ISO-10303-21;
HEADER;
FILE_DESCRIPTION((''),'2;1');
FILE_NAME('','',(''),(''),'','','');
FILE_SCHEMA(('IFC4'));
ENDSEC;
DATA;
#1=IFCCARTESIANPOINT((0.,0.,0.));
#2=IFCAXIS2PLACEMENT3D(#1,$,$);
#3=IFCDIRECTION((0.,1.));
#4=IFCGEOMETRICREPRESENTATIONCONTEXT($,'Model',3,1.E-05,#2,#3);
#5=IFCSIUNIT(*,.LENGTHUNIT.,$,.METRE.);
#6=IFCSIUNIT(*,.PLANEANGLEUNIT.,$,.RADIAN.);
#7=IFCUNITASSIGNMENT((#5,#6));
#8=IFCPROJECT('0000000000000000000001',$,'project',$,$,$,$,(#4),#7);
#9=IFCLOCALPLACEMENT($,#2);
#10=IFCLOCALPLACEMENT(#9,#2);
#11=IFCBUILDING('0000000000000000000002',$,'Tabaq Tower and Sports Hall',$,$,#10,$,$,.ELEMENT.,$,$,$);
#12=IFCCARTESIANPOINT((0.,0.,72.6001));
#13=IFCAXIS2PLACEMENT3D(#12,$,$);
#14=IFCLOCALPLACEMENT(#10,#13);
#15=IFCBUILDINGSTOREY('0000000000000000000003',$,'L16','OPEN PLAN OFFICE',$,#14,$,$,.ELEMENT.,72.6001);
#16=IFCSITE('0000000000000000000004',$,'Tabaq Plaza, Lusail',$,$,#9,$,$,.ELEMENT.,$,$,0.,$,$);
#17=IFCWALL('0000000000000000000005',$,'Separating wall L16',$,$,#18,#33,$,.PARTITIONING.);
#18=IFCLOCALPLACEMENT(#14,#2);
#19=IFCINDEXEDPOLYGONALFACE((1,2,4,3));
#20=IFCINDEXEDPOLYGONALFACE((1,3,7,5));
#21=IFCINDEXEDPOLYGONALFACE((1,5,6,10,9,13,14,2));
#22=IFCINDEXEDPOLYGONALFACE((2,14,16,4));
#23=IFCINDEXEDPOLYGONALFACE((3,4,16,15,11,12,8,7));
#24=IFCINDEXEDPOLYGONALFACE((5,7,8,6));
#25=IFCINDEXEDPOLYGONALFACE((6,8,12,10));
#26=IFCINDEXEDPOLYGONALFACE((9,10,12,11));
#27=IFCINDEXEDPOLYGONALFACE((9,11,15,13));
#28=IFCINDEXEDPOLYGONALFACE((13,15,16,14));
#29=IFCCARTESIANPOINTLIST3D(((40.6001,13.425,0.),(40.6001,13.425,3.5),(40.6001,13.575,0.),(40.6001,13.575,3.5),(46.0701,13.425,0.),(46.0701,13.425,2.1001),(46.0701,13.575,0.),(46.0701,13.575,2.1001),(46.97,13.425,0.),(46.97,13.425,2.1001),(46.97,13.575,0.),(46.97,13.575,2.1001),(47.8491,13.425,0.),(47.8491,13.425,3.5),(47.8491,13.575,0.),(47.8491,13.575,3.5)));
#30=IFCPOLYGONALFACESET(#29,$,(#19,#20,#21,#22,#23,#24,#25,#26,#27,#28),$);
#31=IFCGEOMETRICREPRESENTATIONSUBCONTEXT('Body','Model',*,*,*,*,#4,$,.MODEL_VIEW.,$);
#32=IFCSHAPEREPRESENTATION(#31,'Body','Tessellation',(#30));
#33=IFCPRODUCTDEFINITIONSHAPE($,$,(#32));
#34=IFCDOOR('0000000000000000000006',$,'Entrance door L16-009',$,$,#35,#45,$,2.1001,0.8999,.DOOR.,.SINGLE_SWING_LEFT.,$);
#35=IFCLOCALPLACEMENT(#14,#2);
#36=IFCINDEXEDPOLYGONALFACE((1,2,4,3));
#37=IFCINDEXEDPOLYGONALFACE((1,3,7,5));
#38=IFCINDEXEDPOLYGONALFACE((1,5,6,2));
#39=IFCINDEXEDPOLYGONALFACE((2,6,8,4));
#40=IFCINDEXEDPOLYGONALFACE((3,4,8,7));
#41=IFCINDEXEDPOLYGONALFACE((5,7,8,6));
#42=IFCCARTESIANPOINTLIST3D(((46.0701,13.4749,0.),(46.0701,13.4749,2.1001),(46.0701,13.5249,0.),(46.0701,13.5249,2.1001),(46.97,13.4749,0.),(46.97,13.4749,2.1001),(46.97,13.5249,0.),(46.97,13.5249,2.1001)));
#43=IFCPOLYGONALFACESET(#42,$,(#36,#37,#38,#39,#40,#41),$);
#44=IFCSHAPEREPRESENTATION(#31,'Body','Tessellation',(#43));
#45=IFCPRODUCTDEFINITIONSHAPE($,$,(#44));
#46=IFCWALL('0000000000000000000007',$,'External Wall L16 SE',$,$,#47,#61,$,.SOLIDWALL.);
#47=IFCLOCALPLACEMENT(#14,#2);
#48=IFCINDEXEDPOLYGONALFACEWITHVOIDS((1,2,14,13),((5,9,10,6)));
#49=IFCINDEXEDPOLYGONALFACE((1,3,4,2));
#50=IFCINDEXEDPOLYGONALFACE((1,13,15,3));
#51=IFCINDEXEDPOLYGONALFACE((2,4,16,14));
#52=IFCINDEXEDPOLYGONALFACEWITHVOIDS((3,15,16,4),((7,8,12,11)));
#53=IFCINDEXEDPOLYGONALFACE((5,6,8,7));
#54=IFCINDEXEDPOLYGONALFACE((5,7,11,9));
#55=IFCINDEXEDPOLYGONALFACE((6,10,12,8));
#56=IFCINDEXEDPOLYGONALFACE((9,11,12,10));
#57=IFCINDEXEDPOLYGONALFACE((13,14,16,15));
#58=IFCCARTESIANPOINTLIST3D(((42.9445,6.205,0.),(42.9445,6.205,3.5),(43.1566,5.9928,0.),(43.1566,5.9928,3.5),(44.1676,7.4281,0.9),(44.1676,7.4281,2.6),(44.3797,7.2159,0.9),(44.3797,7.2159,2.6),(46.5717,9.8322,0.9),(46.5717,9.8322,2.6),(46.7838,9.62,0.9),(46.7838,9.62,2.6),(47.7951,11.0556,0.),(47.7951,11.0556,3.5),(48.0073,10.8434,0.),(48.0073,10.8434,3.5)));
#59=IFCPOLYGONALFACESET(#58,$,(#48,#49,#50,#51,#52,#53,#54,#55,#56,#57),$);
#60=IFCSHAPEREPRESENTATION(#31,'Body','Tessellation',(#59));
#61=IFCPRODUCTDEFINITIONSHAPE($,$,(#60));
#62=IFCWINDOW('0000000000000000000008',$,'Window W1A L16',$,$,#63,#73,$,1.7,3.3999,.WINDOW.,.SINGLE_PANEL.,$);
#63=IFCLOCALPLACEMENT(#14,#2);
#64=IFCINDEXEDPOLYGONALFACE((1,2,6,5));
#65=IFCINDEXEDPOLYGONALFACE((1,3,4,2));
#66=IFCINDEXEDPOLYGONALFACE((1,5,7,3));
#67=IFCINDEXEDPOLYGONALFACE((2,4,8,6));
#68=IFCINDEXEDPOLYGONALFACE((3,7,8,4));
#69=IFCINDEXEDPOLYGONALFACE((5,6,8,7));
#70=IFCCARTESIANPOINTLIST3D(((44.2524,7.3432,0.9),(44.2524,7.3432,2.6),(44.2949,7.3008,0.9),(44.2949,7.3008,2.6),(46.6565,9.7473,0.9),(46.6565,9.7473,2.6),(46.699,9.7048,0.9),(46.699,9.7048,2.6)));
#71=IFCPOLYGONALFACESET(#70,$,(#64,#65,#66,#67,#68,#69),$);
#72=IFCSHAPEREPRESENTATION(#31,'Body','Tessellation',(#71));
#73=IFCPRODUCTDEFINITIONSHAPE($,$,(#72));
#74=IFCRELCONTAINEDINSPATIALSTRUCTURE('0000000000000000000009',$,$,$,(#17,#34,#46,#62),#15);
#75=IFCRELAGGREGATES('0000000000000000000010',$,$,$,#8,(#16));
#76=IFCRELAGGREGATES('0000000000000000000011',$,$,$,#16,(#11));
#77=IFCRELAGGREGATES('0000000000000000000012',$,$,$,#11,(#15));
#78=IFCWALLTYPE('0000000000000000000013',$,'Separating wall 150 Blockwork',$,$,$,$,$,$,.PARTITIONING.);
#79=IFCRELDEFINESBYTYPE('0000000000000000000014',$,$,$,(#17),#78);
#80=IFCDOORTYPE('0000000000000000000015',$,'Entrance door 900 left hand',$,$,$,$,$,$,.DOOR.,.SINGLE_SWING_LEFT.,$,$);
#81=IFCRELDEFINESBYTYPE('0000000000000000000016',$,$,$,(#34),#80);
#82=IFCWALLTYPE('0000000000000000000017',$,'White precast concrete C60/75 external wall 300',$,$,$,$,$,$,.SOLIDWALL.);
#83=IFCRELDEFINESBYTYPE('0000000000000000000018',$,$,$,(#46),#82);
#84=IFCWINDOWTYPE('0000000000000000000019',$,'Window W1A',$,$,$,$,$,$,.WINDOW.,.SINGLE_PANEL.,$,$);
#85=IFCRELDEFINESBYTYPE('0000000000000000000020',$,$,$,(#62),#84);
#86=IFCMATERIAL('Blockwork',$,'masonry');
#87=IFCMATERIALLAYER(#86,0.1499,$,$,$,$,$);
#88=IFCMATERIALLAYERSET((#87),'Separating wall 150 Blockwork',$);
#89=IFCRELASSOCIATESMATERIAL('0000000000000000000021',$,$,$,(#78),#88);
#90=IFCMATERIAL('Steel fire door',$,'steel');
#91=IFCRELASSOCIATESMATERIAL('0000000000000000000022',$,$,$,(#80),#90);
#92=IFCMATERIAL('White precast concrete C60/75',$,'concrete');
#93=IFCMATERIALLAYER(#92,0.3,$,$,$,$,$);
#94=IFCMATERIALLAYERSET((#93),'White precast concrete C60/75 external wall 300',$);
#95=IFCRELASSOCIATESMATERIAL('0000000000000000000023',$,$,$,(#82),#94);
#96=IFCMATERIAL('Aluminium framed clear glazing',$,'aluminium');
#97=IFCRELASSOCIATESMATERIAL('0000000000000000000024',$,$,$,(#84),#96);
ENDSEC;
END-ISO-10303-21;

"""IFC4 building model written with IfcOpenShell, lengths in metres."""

from ifc_helpers import new_model, si_unit, direction, frame, frame_2d, origin, place, context, subcontext, project, spatial, rectangle, extrude, material, layer, layer_set, type_object, element, fill, save


model = new_model("IFC4")

# Units and contexts
model_context = context("Model", 3, precision=1e-05, world=origin(), true_north=direction((0.0, 1.0)))
body_context = subcontext(model_context, "Body", "Model", "MODEL_VIEW")
ifc_project = project(units=[si_unit("LENGTHUNIT", "METRE"), si_unit("PLANEANGLEUNIT", "RADIAN")], contexts=[model_context])

# Site, building, storey
site_placement = place(None, origin())
site = spatial("IfcSite", under=ifc_project, at=site_placement, Name="Tabaq Plaza, Lusail", CompositionType="ELEMENT", RefElevation=0.0)
building_placement = place(site_placement, origin())
building = spatial("IfcBuilding", under=site, at=building_placement, Name="Tabaq Tower and Sports Hall", CompositionType="ELEMENT")
storey_placement = place(building_placement, frame((0.0, 0.0, 72.6001)))
storey = spatial("IfcBuildingStorey", under=building, at=storey_placement, Name="L16", Description="OPEN PLAN OFFICE", CompositionType="ELEMENT", Elevation=72.6001)

# Wall, opening, door
ifc_material_1 = material(Name="Blockwork", Category="masonry")
ifc_layer_1 = layer(ifc_material_1, 0.1499)
ifc_layer_set_1 = layer_set([ifc_layer_1], Name="Separating wall 150 Blockwork")
wall_type_1 = type_object("IfcWallType", Name="Separating wall 150 Blockwork", PredefinedType="PARTITIONING", material=ifc_layer_set_1)
wall_1_placement = place(storey_placement, frame((40.6001, 13.5, 0.0), z_axis=(0.0, 0.0, 1.0), x_axis=(1.0, 0.0, 0.0)))
wall_1 = element("IfcWall", 1, at=wall_1_placement, inside=storey, type_object=wall_type_1, Name="Separating wall L16", PredefinedType="PARTITIONING", context=body_context, shape_type="SweptSolid", body=[
    extrude(rectangle(XDim=7.249, YDim=0.1499, at=frame_2d((3.6245, 0.0))), origin(), (0.0, 0.0, 1.0), 3.5),
])
opening_1_placement = place(wall_1_placement, frame((5.47, 0.0, 0.0)))
opening_1 = element("IfcOpeningElement", 2, at=opening_1_placement, cuts=wall_1, PredefinedType="OPENING", context=body_context, shape_type="SweptSolid", body=[
    extrude(rectangle(XDim=0.8999, YDim=2.1001, at=frame_2d((0.45, 1.05))), frame((0.0, 0.075, 0.0), z_axis=(0.0, -1.0, 0.0), x_axis=(1.0, 0.0, 0.0)), (0.0, 0.0, 1.0), 0.1499),
])
ifc_material_2 = material(Name="Steel fire door", Category="steel")
door_type_1 = type_object("IfcDoorType", Name="Entrance door 900 left hand", OperationType="SINGLE_SWING_LEFT", PredefinedType="DOOR", material=ifc_material_2)
door_1_placement = place(opening_1_placement, origin())
door_1 = element("IfcDoor", 3, at=door_1_placement, inside=storey, type_object=door_type_1, Name="Entrance door L16-009", OperationType="SINGLE_SWING_LEFT", OverallHeight=2.1001, OverallWidth=0.8999, PredefinedType="DOOR", context=body_context, shape_type="SweptSolid", body=[
    extrude(rectangle(XDim=0.8999, YDim=2.1001, at=frame_2d((0.45, 1.05))), frame((0.0, 0.0249, 0.0), z_axis=(0.0, -1.0, 0.0), x_axis=(1.0, 0.0, 0.0)), (0.0, 0.0, 1.0), 0.05),
])
fill(opening_1, door_1)

# Wall, opening, window
ifc_material_3 = material(Name="White precast concrete C60/75", Category="concrete")
ifc_layer_2 = layer(ifc_material_3, 0.3)
ifc_layer_set_2 = layer_set([ifc_layer_2], Name="White precast concrete C60/75 external wall 300")
wall_type_2 = type_object("IfcWallType", Name="White precast concrete C60/75 external wall 300", PredefinedType="SOLIDWALL", material=ifc_layer_set_2)
wall_2_placement = place(storey_placement, frame((43.0505, 6.0989, 0.0), z_axis=(0.0, 0.0, 1.0), x_axis=(0.707107, 0.707107, 0.0)))
wall_2 = element("IfcWall", 4, at=wall_2_placement, inside=storey, type_object=wall_type_2, Name="External Wall L16 SE", PredefinedType="SOLIDWALL", context=body_context, shape_type="SweptSolid", body=[
    extrude(rectangle(XDim=6.8599, YDim=0.3, at=frame_2d((3.4299, 0.0))), origin(), (0.0, 0.0, 1.0), 3.5),
])
opening_2_placement = place(wall_2_placement, frame((1.7297, 0.0, 0.8999)))
opening_2 = element("IfcOpeningElement", 5, at=opening_2_placement, cuts=wall_2, PredefinedType="OPENING", context=body_context, shape_type="SweptSolid", body=[
    extrude(rectangle(XDim=3.3999, YDim=1.7, at=frame_2d((1.7, 0.8501))), frame((0.0, 0.1602, 0.0), z_axis=(0.0, -1.0, 0.0), x_axis=(1.0, 0.0, 0.0)), (0.0, 0.0, 1.0), 0.3201),
])
ifc_material_4 = material(Name="Aluminium framed clear glazing", Category="aluminium")
window_type_1 = type_object("IfcWindowType", Name="Window W1A", PartitioningType="SINGLE_PANEL", PredefinedType="WINDOW", material=ifc_material_4)
window_1_placement = place(opening_2_placement, origin())
window_1 = element("IfcWindow", 6, at=window_1_placement, inside=storey, type_object=window_type_1, Name="Window W1A L16", OverallHeight=1.7, OverallWidth=3.3999, PartitioningType="SINGLE_PANEL", PredefinedType="WINDOW", context=body_context, shape_type="SweptSolid", body=[
    extrude(rectangle(XDim=3.3999, YDim=1.7, at=frame_2d((1.7, 0.8501))), frame((0.0, 0.03, 0.0), z_axis=(0.0, -1.0, 0.0), x_axis=(1.0, 0.0, 0.0)), (0.0, 0.0, 1.0), 0.0601),
])
fill(opening_2, window_1)

save(model, "model.ifc")
